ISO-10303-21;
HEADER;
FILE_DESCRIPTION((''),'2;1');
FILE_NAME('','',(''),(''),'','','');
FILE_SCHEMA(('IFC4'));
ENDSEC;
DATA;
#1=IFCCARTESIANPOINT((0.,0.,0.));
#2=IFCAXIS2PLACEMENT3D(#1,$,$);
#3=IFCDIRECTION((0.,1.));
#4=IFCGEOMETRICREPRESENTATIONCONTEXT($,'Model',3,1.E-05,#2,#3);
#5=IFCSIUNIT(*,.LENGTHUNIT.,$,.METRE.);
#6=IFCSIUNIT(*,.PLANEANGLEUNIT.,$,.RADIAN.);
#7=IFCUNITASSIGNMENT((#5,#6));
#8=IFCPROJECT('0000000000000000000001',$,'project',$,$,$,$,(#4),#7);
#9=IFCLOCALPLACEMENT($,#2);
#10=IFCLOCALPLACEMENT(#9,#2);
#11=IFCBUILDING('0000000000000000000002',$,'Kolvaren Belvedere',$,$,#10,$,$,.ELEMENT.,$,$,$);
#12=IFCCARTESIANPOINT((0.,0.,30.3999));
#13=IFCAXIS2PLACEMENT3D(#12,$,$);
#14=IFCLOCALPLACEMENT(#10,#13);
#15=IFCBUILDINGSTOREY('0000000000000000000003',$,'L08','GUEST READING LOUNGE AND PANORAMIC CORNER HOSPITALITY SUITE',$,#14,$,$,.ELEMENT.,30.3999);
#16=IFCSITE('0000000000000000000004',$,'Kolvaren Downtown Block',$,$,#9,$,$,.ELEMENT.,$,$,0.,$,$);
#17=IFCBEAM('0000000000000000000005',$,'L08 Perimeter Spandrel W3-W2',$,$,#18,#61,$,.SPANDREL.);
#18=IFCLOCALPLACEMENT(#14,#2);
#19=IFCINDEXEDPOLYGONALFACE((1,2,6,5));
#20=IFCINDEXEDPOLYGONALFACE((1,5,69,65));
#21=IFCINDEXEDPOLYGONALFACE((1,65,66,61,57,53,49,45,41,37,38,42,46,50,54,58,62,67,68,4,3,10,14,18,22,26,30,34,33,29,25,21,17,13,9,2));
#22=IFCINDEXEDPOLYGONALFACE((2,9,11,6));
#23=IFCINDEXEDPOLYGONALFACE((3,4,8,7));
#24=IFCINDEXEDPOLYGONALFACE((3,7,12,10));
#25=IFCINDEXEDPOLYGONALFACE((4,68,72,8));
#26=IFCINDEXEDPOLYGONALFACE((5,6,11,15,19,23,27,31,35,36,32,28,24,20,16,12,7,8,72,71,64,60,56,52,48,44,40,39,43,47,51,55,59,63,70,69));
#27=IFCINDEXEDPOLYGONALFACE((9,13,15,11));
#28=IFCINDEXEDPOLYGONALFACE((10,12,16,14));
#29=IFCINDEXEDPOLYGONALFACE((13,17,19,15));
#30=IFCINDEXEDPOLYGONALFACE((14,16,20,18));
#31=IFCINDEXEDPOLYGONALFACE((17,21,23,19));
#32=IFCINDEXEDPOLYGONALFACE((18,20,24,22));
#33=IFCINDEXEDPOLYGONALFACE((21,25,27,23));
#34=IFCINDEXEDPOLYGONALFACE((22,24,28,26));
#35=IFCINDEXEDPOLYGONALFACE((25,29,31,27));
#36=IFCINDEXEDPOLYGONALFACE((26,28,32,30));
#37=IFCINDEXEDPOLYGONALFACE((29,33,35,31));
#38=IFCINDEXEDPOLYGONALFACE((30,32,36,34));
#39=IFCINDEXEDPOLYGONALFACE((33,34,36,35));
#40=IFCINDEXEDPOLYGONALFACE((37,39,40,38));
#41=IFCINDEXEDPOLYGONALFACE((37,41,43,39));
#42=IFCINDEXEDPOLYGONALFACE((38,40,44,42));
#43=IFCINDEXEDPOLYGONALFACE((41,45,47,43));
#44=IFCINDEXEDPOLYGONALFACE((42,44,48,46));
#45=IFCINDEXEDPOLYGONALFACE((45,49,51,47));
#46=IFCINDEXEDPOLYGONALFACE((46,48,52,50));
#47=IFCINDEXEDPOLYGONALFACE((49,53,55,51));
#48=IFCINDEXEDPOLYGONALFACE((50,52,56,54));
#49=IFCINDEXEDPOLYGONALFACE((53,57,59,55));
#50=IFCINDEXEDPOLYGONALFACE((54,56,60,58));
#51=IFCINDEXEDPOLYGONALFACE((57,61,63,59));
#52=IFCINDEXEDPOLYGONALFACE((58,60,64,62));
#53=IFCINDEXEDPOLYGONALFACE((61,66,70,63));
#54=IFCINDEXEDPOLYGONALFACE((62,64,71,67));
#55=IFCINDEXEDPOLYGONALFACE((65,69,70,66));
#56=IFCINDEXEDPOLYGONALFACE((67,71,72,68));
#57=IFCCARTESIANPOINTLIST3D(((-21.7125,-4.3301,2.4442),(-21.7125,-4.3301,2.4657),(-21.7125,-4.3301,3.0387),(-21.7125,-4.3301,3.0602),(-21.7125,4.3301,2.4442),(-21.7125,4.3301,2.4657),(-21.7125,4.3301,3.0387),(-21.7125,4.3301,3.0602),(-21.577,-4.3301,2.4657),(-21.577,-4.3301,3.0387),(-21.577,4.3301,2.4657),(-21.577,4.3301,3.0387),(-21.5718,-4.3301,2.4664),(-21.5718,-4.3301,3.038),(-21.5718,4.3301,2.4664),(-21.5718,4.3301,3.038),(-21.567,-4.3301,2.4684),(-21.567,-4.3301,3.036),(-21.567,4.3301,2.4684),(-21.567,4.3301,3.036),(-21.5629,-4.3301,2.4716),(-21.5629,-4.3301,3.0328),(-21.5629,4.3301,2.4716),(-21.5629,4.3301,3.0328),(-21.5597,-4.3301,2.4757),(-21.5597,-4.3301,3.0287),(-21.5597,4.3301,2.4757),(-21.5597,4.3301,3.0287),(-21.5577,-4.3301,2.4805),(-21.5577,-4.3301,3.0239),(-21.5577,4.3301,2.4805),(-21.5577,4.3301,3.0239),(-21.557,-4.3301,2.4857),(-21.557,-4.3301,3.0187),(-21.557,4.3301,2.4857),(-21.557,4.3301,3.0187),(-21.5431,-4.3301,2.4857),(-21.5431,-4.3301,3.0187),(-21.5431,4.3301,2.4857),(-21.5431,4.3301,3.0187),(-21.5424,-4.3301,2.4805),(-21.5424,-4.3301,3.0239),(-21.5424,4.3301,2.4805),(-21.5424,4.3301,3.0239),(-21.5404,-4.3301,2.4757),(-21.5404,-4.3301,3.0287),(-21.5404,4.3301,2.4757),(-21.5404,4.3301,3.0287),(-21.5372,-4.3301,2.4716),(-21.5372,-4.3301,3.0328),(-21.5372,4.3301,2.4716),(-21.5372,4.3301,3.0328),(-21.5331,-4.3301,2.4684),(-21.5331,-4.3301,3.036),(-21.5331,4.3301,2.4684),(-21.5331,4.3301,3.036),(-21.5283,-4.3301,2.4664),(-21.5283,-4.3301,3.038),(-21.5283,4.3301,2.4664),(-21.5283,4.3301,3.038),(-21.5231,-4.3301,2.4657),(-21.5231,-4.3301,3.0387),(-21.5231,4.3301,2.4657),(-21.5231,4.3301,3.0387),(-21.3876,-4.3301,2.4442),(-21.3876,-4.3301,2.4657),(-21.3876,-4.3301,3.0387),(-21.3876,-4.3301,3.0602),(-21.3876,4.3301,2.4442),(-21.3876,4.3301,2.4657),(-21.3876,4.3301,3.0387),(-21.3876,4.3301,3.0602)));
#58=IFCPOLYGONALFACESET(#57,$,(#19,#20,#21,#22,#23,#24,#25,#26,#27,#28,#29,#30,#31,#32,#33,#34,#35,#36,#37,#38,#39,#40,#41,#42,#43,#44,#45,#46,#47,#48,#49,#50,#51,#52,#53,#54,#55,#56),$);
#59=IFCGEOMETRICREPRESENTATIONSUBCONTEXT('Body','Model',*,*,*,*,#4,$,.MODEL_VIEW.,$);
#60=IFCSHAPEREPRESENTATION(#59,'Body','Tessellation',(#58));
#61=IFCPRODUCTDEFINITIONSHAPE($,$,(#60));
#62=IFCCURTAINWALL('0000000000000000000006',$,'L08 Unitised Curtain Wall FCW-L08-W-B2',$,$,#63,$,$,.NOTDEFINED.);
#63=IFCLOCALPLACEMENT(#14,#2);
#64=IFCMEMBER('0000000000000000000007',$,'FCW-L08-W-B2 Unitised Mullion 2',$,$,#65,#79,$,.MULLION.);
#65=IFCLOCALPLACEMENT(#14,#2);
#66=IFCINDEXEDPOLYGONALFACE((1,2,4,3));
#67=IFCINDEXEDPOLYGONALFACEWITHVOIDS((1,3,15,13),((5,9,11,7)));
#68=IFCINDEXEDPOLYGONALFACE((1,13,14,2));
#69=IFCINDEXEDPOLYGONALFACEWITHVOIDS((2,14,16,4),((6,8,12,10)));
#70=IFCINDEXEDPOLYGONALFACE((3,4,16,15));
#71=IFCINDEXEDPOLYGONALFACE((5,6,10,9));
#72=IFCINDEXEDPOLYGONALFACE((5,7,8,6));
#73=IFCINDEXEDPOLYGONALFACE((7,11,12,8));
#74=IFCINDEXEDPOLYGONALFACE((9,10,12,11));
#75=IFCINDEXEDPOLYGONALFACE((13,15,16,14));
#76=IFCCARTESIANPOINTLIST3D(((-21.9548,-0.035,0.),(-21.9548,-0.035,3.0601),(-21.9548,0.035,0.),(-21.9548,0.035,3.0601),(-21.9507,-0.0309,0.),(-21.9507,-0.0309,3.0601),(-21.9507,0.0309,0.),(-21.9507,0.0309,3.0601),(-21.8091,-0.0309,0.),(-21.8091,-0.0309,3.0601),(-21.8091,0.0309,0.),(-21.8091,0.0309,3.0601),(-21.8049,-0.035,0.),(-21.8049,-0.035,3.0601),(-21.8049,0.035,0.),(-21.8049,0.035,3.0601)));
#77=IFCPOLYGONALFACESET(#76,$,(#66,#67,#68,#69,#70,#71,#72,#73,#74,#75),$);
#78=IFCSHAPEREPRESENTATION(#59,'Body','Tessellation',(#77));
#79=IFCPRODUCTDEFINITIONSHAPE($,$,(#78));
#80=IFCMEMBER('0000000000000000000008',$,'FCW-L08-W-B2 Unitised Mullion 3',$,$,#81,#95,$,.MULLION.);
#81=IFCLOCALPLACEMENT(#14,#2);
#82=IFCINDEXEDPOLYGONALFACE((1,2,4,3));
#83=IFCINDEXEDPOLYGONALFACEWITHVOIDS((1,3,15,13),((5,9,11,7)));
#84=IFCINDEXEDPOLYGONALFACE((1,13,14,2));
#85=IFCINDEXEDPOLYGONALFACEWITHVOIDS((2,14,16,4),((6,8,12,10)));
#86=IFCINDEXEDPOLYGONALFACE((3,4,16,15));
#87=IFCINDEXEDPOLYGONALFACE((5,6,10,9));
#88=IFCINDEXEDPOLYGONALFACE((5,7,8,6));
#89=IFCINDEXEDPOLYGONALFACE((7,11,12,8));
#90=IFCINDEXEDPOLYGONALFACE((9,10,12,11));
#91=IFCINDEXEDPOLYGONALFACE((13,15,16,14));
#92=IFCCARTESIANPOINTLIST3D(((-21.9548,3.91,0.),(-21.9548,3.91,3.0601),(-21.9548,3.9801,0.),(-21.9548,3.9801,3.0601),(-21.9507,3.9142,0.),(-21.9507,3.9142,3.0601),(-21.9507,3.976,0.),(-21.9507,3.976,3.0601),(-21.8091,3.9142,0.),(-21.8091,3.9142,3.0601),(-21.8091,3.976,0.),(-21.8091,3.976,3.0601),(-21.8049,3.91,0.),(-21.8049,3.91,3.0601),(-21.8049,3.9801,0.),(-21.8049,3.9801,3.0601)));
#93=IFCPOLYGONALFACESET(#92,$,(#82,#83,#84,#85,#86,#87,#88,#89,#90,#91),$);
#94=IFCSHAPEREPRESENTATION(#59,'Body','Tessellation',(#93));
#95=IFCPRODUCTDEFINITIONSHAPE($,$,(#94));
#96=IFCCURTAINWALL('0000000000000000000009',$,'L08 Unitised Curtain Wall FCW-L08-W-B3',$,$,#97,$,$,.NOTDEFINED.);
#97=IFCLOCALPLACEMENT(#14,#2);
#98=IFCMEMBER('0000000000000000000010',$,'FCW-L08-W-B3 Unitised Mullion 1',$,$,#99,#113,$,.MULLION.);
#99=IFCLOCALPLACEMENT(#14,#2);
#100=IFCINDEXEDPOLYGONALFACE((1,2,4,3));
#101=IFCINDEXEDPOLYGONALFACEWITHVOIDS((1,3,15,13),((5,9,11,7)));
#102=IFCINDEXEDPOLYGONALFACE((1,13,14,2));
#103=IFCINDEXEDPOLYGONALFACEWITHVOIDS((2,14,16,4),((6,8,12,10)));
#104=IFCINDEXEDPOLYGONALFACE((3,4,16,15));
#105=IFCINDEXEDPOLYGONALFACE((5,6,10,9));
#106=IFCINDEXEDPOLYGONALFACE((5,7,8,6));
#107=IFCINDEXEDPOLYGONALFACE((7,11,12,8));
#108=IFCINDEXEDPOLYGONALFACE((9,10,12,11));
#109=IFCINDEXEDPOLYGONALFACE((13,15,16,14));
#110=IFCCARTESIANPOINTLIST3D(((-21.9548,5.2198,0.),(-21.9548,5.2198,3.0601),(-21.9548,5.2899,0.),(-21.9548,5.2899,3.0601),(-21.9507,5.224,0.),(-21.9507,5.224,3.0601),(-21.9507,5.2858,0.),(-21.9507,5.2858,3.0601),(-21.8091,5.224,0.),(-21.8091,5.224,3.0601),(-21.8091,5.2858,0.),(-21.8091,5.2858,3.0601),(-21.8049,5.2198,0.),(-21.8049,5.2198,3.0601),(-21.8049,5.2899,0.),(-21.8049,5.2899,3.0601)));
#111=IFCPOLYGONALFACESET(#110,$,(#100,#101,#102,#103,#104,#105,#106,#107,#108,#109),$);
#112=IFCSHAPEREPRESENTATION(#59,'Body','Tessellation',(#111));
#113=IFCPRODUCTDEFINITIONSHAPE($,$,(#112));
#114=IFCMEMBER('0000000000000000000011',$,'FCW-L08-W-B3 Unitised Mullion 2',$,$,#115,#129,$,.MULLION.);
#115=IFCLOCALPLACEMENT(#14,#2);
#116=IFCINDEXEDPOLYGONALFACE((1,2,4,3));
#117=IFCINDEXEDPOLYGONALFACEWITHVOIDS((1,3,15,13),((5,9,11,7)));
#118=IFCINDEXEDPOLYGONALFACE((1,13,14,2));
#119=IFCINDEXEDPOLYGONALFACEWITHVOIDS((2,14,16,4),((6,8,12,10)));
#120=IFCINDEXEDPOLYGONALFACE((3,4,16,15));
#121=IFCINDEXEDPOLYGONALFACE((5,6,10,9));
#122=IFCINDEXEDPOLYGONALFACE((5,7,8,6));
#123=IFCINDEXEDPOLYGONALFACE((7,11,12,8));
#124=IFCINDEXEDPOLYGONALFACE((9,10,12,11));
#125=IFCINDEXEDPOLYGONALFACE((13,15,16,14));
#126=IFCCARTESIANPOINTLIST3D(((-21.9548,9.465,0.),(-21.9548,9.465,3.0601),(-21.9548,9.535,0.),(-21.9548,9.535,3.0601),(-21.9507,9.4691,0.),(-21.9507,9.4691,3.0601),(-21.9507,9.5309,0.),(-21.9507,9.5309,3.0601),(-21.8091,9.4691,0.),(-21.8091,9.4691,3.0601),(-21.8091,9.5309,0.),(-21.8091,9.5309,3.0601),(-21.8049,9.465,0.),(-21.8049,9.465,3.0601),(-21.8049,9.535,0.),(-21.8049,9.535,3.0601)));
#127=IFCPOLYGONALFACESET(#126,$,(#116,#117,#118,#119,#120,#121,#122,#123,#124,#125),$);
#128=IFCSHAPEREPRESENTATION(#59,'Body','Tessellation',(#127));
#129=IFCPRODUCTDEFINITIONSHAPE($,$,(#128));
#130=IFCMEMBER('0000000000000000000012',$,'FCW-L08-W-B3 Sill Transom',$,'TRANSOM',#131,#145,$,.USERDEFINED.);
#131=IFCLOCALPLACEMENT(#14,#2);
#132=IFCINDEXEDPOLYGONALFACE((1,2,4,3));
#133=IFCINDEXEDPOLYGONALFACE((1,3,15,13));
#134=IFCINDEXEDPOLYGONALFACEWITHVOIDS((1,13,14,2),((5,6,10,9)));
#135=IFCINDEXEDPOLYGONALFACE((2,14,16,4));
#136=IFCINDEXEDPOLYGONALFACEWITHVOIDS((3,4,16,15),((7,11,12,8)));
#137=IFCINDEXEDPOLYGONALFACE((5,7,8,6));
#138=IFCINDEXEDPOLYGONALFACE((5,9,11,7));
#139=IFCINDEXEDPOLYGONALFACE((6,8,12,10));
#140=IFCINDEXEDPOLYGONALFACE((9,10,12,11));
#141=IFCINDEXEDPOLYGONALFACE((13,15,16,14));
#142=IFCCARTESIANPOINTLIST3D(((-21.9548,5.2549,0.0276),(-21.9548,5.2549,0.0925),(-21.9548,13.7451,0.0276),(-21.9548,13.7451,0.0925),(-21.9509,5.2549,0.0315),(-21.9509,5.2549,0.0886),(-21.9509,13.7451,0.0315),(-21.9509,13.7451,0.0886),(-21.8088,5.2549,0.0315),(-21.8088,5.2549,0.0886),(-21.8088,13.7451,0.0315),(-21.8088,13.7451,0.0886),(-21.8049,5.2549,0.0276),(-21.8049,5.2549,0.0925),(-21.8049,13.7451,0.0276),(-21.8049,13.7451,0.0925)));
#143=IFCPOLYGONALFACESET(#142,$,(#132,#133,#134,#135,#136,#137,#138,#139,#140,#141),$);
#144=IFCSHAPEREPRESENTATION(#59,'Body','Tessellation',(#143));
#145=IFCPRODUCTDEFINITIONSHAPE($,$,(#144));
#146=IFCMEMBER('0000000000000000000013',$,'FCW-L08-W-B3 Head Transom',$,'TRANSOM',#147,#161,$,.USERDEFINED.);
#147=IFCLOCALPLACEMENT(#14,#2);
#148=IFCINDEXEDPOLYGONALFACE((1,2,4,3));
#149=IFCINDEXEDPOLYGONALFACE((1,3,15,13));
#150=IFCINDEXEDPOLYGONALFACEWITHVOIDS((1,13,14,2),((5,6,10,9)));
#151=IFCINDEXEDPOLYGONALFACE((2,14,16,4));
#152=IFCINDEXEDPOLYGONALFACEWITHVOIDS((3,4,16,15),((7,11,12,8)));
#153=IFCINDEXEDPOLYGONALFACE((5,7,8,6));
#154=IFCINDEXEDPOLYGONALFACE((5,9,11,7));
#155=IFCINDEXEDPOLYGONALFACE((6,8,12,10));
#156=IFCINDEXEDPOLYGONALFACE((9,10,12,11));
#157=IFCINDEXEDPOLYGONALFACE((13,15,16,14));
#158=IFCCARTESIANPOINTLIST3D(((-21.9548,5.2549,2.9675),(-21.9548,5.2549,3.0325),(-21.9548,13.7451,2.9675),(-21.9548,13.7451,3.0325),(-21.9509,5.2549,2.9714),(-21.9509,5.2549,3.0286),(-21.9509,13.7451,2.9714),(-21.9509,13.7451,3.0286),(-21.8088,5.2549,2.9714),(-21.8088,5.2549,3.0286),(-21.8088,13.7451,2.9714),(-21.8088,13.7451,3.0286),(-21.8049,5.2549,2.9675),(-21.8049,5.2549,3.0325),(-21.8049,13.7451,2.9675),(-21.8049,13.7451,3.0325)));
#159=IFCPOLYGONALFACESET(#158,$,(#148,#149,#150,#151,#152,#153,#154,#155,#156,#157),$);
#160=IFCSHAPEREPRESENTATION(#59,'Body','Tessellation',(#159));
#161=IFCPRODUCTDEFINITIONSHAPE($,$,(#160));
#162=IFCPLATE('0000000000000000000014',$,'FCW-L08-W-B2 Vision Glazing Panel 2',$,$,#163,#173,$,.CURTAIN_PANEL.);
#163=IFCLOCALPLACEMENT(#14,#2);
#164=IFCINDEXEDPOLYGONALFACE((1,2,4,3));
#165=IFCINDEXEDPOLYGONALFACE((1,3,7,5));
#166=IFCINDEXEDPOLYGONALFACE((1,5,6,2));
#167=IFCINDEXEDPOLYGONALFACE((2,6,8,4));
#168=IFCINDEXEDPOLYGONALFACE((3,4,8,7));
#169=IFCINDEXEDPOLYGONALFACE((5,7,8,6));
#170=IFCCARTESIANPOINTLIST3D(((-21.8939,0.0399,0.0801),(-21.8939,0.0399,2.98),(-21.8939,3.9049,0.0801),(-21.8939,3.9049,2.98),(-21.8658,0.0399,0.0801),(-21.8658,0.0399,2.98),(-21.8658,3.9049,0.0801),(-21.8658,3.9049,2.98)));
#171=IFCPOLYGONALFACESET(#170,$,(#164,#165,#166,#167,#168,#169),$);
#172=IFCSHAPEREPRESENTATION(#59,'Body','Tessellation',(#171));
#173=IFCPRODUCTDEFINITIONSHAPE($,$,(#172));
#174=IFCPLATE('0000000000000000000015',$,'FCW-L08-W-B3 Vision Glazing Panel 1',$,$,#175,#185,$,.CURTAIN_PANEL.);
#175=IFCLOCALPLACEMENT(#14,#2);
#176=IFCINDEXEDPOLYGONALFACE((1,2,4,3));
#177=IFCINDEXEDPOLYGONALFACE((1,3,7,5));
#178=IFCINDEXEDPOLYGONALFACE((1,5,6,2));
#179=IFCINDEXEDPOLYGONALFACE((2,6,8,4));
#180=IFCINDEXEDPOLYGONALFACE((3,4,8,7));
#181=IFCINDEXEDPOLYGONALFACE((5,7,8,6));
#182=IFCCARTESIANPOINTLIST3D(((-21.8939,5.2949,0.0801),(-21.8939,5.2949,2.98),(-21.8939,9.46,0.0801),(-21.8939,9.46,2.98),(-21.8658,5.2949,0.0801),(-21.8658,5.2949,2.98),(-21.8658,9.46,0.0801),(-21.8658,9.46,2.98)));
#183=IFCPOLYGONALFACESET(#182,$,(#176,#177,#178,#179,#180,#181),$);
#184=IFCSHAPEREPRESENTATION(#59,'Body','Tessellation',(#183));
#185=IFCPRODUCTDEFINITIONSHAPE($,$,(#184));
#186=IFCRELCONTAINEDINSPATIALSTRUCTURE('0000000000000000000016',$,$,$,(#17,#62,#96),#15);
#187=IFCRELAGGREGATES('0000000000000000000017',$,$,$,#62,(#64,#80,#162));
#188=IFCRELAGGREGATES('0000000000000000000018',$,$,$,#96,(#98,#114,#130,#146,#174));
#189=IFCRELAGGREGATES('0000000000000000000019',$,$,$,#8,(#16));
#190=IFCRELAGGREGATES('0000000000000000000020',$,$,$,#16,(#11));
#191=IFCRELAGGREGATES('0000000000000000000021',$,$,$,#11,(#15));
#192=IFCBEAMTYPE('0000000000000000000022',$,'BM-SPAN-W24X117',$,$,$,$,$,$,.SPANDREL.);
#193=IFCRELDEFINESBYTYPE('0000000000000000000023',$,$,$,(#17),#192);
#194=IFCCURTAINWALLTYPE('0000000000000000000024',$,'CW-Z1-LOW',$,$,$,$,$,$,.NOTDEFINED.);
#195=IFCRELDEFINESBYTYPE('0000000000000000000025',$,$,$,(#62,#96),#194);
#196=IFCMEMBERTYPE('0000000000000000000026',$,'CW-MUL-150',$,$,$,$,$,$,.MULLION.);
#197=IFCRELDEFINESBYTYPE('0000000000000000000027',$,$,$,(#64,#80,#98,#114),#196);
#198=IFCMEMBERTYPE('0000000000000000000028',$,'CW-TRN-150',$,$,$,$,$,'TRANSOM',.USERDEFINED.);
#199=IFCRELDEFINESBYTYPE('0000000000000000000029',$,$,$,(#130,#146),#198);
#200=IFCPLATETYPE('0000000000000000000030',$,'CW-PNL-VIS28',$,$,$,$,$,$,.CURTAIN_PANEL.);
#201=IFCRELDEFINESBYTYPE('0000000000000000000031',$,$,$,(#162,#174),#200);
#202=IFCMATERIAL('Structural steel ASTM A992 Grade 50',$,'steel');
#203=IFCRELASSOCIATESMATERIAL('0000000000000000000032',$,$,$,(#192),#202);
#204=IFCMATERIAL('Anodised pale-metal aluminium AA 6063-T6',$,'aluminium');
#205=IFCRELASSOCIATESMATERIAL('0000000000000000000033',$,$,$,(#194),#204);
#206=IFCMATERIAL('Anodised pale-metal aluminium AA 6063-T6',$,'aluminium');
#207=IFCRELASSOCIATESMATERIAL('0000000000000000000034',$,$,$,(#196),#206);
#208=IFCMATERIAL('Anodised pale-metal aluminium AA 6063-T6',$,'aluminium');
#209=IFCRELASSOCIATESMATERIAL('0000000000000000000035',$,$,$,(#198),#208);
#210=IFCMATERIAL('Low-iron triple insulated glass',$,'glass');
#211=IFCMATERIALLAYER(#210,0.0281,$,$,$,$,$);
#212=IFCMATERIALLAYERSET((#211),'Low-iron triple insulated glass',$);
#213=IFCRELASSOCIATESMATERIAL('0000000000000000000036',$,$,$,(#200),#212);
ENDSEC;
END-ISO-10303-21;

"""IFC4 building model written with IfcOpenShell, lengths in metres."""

from ifc_helpers import new_model, si_unit, direction, frame, origin, origin_2d, place, context, subcontext, project, spatial, rectangle, hollow_rectangle, i_section, extrude, material, layer, layer_set, material_profile, profile_set, type_object, element, aggregate, save


model = new_model("IFC4")

# Units and contexts
model_context = context("Model", 3, precision=1e-05, world=origin(), true_north=direction((0.0, 1.0)))
body_context = subcontext(model_context, "Body", "Model", "MODEL_VIEW")
ifc_project = project(units=[si_unit("LENGTHUNIT", "METRE"), si_unit("PLANEANGLEUNIT", "RADIAN")], contexts=[model_context])

# Site, building, storey
site_placement = place(None, origin())
site = spatial("IfcSite", under=ifc_project, at=site_placement, Name="Kolvaren Downtown Block", CompositionType="ELEMENT", RefElevation=0.0)
building_placement = place(site_placement, origin())
building = spatial("IfcBuilding", under=site, at=building_placement, Name="Kolvaren Belvedere", CompositionType="ELEMENT")
storey_placement = place(building_placement, frame((0.0, 0.0, 30.3999)))
storey = spatial("IfcBuildingStorey", under=building, at=storey_placement, Name="L08", Description="GUEST READING LOUNGE AND PANORAMIC CORNER HOSPITALITY SUITE", CompositionType="ELEMENT", Elevation=30.3999)

# Beam
ifc_material_1 = material(Name="Structural steel ASTM A992 Grade 50", Category="steel")
ifc_material_profile_1 = material_profile(ifc_material_1, i_section(OverallWidth=0.325, OverallDepth=0.616, WebThickness=0.0139, FlangeThickness=0.0215, FilletRadius=0.02, at=origin_2d()), Name="W24X117")
ifc_profile_set_1 = profile_set([ifc_material_profile_1], Name="Structural steel ASTM A992 Grade 50")
beam_type_1 = type_object("IfcBeamType", Name="BM-SPAN-W24X117", PredefinedType="SPANDREL", material=ifc_profile_set_1)
beam_1_placement = place(storey_placement, frame((-21.55, 4.3301, 2.7522), z_axis=(0.0, -1.0, 0.0), x_axis=(1.0, 0.0, 0.0)))
element("IfcBeam", 1, at=beam_1_placement, inside=storey, type_object=beam_type_1, Name="L08 Perimeter Spandrel W3-W2", PredefinedType="SPANDREL", context=body_context, shape_type="SweptSolid", body=[
    extrude(i_section(OverallWidth=0.325, OverallDepth=0.616, WebThickness=0.0139, FlangeThickness=0.0215, FilletRadius=0.02, at=origin_2d()), origin(), (0.0, 0.0, 1.0), 8.6602),
])

# Curtain walls, members
ifc_material_2 = material(Name="Anodised pale-metal aluminium AA 6063-T6", Category="aluminium")
curtain_wall_type = type_object("IfcCurtainWallType", Name="CW-Z1-LOW", PredefinedType="NOTDEFINED", material=ifc_material_2)
curtain_wall_1_placement = place(storey_placement, origin())
curtain_wall_1 = element("IfcCurtainWall", 2, at=curtain_wall_1_placement, inside=storey, type_object=curtain_wall_type, Name="L08 Unitised Curtain Wall FCW-L08-W-B2", PredefinedType="NOTDEFINED")
ifc_material_3 = material(Name="Anodised pale-metal aluminium AA 6063-T6", Category="aluminium")
ifc_material_profile_2 = material_profile(ifc_material_3, hollow_rectangle(XDim=0.0701, YDim=0.1499, WallThickness=0.0042, at=origin_2d()), Name="ALU-MUL-150X70")
ifc_profile_set_2 = profile_set([ifc_material_profile_2], Name="Anodised pale-metal aluminium AA 6063-T6")
member_type_1 = type_object("IfcMemberType", Name="CW-MUL-150", PredefinedType="MULLION", material=ifc_profile_set_2)
member_1_placement = place(storey_placement, frame((-21.8799, 0.0, 0.0), z_axis=(0.0, 0.0, 1.0), x_axis=(0.0, 1.0, 0.0)))
member_1 = element("IfcMember", 3, at=member_1_placement, type_object=member_type_1, Name="FCW-L08-W-B2 Unitised Mullion 2", PredefinedType="MULLION", context=body_context, shape_type="SweptSolid", body=[
    extrude(hollow_rectangle(XDim=0.0701, YDim=0.1499, WallThickness=0.0042, at=origin_2d()), origin(), (0.0, 0.0, 1.0), 3.0601),
])
member_2_placement = place(storey_placement, frame((-21.8799, 3.9451, 0.0), z_axis=(0.0, 0.0, 1.0), x_axis=(0.0, 1.0, 0.0)))
member_2 = element("IfcMember", 4, at=member_2_placement, type_object=member_type_1, Name="FCW-L08-W-B2 Unitised Mullion 3", PredefinedType="MULLION", context=body_context, shape_type="SweptSolid", body=[
    extrude(hollow_rectangle(XDim=0.0701, YDim=0.1499, WallThickness=0.0042, at=origin_2d()), origin(), (0.0, 0.0, 1.0), 3.0601),
])
curtain_wall_2_placement = place(storey_placement, origin())
curtain_wall_2 = element("IfcCurtainWall", 5, at=curtain_wall_2_placement, inside=storey, type_object=curtain_wall_type, Name="L08 Unitised Curtain Wall FCW-L08-W-B3", PredefinedType="NOTDEFINED")
member_3_placement = place(storey_placement, frame((-21.8799, 5.2549, 0.0), z_axis=(0.0, 0.0, 1.0), x_axis=(0.0, 1.0, 0.0)))
member_3 = element("IfcMember", 6, at=member_3_placement, type_object=member_type_1, Name="FCW-L08-W-B3 Unitised Mullion 1", PredefinedType="MULLION", context=body_context, shape_type="SweptSolid", body=[
    extrude(hollow_rectangle(XDim=0.0701, YDim=0.1499, WallThickness=0.0042, at=origin_2d()), origin(), (0.0, 0.0, 1.0), 3.0601),
])
member_4_placement = place(storey_placement, frame((-21.8799, 9.5, 0.0), z_axis=(0.0, 0.0, 1.0), x_axis=(0.0, 1.0, 0.0)))
member_4 = element("IfcMember", 7, at=member_4_placement, type_object=member_type_1, Name="FCW-L08-W-B3 Unitised Mullion 2", PredefinedType="MULLION", context=body_context, shape_type="SweptSolid", body=[
    extrude(hollow_rectangle(XDim=0.0701, YDim=0.1499, WallThickness=0.0042, at=origin_2d()), origin(), (0.0, 0.0, 1.0), 3.0601),
])
ifc_material_4 = material(Name="Anodised pale-metal aluminium AA 6063-T6", Category="aluminium")
ifc_material_profile_3 = material_profile(ifc_material_4, hollow_rectangle(XDim=0.0649, YDim=0.1499, WallThickness=0.0039, at=origin_2d()), Name="ALU-TRN-150X65")
ifc_profile_set_3 = profile_set([ifc_material_profile_3], Name="Anodised pale-metal aluminium AA 6063-T6")
member_type_2 = type_object("IfcMemberType", Name="CW-TRN-150", ElementType="TRANSOM", PredefinedType="USERDEFINED", material=ifc_profile_set_3)
member_5_placement = place(storey_placement, frame((-21.8799, 5.2549, 0.0601), z_axis=(0.0, 1.0, 0.0), x_axis=(0.0, 0.0, 1.0)))
member_5 = element("IfcMember", 8, at=member_5_placement, type_object=member_type_2, Name="FCW-L08-W-B3 Sill Transom", ObjectType="TRANSOM", PredefinedType="USERDEFINED", context=body_context, shape_type="SweptSolid", body=[
    extrude(hollow_rectangle(XDim=0.0649, YDim=0.1499, WallThickness=0.0039, at=origin_2d()), origin(), (0.0, 0.0, 1.0), 8.4902),
])
member_6_placement = place(storey_placement, frame((-21.8799, 5.2549, 3.0), z_axis=(0.0, 1.0, 0.0), x_axis=(0.0, 0.0, 1.0)))
member_6 = element("IfcMember", 9, at=member_6_placement, type_object=member_type_2, Name="FCW-L08-W-B3 Head Transom", ObjectType="TRANSOM", PredefinedType="USERDEFINED", context=body_context, shape_type="SweptSolid", body=[
    extrude(hollow_rectangle(XDim=0.0649, YDim=0.1499, WallThickness=0.0039, at=origin_2d()), origin(), (0.0, 0.0, 1.0), 8.4902),
])

# Plates
ifc_material_5 = material(Name="Low-iron triple insulated glass", Category="glass")
ifc_layer_1 = layer(ifc_material_5, 0.0281)
ifc_layer_set_1 = layer_set([ifc_layer_1], Name="Low-iron triple insulated glass")
plate_type_1 = type_object("IfcPlateType", Name="CW-PNL-VIS28", PredefinedType="CURTAIN_PANEL", material=ifc_layer_set_1)
plate_1_placement = place(storey_placement, frame((-21.8799, 1.9724, 0.0801), z_axis=(0.0, 0.0, 1.0), x_axis=(0.0, 1.0, 0.0)))
plate_1 = element("IfcPlate", 10, at=plate_1_placement, type_object=plate_type_1, Name="FCW-L08-W-B2 Vision Glazing Panel 2", PredefinedType="CURTAIN_PANEL", context=body_context, shape_type="SweptSolid", body=[
    extrude(rectangle(XDim=3.865, YDim=0.0281, at=origin_2d()), origin(), (0.0, 0.0, 1.0), 2.8999),
])
aggregate(curtain_wall_1, [member_1, member_2, plate_1])
plate_2_placement = place(storey_placement, frame((-21.8799, 7.3774, 0.0801), z_axis=(0.0, 0.0, 1.0), x_axis=(0.0, 1.0, 0.0)))
plate_2 = element("IfcPlate", 11, at=plate_2_placement, type_object=plate_type_1, Name="FCW-L08-W-B3 Vision Glazing Panel 1", PredefinedType="CURTAIN_PANEL", context=body_context, shape_type="SweptSolid", body=[
    extrude(rectangle(XDim=4.165, YDim=0.0281, at=origin_2d()), origin(), (0.0, 0.0, 1.0), 2.8999),
])
aggregate(curtain_wall_2, [member_3, member_4, member_5, member_6, plate_2])

save(model, "model.ifc")
